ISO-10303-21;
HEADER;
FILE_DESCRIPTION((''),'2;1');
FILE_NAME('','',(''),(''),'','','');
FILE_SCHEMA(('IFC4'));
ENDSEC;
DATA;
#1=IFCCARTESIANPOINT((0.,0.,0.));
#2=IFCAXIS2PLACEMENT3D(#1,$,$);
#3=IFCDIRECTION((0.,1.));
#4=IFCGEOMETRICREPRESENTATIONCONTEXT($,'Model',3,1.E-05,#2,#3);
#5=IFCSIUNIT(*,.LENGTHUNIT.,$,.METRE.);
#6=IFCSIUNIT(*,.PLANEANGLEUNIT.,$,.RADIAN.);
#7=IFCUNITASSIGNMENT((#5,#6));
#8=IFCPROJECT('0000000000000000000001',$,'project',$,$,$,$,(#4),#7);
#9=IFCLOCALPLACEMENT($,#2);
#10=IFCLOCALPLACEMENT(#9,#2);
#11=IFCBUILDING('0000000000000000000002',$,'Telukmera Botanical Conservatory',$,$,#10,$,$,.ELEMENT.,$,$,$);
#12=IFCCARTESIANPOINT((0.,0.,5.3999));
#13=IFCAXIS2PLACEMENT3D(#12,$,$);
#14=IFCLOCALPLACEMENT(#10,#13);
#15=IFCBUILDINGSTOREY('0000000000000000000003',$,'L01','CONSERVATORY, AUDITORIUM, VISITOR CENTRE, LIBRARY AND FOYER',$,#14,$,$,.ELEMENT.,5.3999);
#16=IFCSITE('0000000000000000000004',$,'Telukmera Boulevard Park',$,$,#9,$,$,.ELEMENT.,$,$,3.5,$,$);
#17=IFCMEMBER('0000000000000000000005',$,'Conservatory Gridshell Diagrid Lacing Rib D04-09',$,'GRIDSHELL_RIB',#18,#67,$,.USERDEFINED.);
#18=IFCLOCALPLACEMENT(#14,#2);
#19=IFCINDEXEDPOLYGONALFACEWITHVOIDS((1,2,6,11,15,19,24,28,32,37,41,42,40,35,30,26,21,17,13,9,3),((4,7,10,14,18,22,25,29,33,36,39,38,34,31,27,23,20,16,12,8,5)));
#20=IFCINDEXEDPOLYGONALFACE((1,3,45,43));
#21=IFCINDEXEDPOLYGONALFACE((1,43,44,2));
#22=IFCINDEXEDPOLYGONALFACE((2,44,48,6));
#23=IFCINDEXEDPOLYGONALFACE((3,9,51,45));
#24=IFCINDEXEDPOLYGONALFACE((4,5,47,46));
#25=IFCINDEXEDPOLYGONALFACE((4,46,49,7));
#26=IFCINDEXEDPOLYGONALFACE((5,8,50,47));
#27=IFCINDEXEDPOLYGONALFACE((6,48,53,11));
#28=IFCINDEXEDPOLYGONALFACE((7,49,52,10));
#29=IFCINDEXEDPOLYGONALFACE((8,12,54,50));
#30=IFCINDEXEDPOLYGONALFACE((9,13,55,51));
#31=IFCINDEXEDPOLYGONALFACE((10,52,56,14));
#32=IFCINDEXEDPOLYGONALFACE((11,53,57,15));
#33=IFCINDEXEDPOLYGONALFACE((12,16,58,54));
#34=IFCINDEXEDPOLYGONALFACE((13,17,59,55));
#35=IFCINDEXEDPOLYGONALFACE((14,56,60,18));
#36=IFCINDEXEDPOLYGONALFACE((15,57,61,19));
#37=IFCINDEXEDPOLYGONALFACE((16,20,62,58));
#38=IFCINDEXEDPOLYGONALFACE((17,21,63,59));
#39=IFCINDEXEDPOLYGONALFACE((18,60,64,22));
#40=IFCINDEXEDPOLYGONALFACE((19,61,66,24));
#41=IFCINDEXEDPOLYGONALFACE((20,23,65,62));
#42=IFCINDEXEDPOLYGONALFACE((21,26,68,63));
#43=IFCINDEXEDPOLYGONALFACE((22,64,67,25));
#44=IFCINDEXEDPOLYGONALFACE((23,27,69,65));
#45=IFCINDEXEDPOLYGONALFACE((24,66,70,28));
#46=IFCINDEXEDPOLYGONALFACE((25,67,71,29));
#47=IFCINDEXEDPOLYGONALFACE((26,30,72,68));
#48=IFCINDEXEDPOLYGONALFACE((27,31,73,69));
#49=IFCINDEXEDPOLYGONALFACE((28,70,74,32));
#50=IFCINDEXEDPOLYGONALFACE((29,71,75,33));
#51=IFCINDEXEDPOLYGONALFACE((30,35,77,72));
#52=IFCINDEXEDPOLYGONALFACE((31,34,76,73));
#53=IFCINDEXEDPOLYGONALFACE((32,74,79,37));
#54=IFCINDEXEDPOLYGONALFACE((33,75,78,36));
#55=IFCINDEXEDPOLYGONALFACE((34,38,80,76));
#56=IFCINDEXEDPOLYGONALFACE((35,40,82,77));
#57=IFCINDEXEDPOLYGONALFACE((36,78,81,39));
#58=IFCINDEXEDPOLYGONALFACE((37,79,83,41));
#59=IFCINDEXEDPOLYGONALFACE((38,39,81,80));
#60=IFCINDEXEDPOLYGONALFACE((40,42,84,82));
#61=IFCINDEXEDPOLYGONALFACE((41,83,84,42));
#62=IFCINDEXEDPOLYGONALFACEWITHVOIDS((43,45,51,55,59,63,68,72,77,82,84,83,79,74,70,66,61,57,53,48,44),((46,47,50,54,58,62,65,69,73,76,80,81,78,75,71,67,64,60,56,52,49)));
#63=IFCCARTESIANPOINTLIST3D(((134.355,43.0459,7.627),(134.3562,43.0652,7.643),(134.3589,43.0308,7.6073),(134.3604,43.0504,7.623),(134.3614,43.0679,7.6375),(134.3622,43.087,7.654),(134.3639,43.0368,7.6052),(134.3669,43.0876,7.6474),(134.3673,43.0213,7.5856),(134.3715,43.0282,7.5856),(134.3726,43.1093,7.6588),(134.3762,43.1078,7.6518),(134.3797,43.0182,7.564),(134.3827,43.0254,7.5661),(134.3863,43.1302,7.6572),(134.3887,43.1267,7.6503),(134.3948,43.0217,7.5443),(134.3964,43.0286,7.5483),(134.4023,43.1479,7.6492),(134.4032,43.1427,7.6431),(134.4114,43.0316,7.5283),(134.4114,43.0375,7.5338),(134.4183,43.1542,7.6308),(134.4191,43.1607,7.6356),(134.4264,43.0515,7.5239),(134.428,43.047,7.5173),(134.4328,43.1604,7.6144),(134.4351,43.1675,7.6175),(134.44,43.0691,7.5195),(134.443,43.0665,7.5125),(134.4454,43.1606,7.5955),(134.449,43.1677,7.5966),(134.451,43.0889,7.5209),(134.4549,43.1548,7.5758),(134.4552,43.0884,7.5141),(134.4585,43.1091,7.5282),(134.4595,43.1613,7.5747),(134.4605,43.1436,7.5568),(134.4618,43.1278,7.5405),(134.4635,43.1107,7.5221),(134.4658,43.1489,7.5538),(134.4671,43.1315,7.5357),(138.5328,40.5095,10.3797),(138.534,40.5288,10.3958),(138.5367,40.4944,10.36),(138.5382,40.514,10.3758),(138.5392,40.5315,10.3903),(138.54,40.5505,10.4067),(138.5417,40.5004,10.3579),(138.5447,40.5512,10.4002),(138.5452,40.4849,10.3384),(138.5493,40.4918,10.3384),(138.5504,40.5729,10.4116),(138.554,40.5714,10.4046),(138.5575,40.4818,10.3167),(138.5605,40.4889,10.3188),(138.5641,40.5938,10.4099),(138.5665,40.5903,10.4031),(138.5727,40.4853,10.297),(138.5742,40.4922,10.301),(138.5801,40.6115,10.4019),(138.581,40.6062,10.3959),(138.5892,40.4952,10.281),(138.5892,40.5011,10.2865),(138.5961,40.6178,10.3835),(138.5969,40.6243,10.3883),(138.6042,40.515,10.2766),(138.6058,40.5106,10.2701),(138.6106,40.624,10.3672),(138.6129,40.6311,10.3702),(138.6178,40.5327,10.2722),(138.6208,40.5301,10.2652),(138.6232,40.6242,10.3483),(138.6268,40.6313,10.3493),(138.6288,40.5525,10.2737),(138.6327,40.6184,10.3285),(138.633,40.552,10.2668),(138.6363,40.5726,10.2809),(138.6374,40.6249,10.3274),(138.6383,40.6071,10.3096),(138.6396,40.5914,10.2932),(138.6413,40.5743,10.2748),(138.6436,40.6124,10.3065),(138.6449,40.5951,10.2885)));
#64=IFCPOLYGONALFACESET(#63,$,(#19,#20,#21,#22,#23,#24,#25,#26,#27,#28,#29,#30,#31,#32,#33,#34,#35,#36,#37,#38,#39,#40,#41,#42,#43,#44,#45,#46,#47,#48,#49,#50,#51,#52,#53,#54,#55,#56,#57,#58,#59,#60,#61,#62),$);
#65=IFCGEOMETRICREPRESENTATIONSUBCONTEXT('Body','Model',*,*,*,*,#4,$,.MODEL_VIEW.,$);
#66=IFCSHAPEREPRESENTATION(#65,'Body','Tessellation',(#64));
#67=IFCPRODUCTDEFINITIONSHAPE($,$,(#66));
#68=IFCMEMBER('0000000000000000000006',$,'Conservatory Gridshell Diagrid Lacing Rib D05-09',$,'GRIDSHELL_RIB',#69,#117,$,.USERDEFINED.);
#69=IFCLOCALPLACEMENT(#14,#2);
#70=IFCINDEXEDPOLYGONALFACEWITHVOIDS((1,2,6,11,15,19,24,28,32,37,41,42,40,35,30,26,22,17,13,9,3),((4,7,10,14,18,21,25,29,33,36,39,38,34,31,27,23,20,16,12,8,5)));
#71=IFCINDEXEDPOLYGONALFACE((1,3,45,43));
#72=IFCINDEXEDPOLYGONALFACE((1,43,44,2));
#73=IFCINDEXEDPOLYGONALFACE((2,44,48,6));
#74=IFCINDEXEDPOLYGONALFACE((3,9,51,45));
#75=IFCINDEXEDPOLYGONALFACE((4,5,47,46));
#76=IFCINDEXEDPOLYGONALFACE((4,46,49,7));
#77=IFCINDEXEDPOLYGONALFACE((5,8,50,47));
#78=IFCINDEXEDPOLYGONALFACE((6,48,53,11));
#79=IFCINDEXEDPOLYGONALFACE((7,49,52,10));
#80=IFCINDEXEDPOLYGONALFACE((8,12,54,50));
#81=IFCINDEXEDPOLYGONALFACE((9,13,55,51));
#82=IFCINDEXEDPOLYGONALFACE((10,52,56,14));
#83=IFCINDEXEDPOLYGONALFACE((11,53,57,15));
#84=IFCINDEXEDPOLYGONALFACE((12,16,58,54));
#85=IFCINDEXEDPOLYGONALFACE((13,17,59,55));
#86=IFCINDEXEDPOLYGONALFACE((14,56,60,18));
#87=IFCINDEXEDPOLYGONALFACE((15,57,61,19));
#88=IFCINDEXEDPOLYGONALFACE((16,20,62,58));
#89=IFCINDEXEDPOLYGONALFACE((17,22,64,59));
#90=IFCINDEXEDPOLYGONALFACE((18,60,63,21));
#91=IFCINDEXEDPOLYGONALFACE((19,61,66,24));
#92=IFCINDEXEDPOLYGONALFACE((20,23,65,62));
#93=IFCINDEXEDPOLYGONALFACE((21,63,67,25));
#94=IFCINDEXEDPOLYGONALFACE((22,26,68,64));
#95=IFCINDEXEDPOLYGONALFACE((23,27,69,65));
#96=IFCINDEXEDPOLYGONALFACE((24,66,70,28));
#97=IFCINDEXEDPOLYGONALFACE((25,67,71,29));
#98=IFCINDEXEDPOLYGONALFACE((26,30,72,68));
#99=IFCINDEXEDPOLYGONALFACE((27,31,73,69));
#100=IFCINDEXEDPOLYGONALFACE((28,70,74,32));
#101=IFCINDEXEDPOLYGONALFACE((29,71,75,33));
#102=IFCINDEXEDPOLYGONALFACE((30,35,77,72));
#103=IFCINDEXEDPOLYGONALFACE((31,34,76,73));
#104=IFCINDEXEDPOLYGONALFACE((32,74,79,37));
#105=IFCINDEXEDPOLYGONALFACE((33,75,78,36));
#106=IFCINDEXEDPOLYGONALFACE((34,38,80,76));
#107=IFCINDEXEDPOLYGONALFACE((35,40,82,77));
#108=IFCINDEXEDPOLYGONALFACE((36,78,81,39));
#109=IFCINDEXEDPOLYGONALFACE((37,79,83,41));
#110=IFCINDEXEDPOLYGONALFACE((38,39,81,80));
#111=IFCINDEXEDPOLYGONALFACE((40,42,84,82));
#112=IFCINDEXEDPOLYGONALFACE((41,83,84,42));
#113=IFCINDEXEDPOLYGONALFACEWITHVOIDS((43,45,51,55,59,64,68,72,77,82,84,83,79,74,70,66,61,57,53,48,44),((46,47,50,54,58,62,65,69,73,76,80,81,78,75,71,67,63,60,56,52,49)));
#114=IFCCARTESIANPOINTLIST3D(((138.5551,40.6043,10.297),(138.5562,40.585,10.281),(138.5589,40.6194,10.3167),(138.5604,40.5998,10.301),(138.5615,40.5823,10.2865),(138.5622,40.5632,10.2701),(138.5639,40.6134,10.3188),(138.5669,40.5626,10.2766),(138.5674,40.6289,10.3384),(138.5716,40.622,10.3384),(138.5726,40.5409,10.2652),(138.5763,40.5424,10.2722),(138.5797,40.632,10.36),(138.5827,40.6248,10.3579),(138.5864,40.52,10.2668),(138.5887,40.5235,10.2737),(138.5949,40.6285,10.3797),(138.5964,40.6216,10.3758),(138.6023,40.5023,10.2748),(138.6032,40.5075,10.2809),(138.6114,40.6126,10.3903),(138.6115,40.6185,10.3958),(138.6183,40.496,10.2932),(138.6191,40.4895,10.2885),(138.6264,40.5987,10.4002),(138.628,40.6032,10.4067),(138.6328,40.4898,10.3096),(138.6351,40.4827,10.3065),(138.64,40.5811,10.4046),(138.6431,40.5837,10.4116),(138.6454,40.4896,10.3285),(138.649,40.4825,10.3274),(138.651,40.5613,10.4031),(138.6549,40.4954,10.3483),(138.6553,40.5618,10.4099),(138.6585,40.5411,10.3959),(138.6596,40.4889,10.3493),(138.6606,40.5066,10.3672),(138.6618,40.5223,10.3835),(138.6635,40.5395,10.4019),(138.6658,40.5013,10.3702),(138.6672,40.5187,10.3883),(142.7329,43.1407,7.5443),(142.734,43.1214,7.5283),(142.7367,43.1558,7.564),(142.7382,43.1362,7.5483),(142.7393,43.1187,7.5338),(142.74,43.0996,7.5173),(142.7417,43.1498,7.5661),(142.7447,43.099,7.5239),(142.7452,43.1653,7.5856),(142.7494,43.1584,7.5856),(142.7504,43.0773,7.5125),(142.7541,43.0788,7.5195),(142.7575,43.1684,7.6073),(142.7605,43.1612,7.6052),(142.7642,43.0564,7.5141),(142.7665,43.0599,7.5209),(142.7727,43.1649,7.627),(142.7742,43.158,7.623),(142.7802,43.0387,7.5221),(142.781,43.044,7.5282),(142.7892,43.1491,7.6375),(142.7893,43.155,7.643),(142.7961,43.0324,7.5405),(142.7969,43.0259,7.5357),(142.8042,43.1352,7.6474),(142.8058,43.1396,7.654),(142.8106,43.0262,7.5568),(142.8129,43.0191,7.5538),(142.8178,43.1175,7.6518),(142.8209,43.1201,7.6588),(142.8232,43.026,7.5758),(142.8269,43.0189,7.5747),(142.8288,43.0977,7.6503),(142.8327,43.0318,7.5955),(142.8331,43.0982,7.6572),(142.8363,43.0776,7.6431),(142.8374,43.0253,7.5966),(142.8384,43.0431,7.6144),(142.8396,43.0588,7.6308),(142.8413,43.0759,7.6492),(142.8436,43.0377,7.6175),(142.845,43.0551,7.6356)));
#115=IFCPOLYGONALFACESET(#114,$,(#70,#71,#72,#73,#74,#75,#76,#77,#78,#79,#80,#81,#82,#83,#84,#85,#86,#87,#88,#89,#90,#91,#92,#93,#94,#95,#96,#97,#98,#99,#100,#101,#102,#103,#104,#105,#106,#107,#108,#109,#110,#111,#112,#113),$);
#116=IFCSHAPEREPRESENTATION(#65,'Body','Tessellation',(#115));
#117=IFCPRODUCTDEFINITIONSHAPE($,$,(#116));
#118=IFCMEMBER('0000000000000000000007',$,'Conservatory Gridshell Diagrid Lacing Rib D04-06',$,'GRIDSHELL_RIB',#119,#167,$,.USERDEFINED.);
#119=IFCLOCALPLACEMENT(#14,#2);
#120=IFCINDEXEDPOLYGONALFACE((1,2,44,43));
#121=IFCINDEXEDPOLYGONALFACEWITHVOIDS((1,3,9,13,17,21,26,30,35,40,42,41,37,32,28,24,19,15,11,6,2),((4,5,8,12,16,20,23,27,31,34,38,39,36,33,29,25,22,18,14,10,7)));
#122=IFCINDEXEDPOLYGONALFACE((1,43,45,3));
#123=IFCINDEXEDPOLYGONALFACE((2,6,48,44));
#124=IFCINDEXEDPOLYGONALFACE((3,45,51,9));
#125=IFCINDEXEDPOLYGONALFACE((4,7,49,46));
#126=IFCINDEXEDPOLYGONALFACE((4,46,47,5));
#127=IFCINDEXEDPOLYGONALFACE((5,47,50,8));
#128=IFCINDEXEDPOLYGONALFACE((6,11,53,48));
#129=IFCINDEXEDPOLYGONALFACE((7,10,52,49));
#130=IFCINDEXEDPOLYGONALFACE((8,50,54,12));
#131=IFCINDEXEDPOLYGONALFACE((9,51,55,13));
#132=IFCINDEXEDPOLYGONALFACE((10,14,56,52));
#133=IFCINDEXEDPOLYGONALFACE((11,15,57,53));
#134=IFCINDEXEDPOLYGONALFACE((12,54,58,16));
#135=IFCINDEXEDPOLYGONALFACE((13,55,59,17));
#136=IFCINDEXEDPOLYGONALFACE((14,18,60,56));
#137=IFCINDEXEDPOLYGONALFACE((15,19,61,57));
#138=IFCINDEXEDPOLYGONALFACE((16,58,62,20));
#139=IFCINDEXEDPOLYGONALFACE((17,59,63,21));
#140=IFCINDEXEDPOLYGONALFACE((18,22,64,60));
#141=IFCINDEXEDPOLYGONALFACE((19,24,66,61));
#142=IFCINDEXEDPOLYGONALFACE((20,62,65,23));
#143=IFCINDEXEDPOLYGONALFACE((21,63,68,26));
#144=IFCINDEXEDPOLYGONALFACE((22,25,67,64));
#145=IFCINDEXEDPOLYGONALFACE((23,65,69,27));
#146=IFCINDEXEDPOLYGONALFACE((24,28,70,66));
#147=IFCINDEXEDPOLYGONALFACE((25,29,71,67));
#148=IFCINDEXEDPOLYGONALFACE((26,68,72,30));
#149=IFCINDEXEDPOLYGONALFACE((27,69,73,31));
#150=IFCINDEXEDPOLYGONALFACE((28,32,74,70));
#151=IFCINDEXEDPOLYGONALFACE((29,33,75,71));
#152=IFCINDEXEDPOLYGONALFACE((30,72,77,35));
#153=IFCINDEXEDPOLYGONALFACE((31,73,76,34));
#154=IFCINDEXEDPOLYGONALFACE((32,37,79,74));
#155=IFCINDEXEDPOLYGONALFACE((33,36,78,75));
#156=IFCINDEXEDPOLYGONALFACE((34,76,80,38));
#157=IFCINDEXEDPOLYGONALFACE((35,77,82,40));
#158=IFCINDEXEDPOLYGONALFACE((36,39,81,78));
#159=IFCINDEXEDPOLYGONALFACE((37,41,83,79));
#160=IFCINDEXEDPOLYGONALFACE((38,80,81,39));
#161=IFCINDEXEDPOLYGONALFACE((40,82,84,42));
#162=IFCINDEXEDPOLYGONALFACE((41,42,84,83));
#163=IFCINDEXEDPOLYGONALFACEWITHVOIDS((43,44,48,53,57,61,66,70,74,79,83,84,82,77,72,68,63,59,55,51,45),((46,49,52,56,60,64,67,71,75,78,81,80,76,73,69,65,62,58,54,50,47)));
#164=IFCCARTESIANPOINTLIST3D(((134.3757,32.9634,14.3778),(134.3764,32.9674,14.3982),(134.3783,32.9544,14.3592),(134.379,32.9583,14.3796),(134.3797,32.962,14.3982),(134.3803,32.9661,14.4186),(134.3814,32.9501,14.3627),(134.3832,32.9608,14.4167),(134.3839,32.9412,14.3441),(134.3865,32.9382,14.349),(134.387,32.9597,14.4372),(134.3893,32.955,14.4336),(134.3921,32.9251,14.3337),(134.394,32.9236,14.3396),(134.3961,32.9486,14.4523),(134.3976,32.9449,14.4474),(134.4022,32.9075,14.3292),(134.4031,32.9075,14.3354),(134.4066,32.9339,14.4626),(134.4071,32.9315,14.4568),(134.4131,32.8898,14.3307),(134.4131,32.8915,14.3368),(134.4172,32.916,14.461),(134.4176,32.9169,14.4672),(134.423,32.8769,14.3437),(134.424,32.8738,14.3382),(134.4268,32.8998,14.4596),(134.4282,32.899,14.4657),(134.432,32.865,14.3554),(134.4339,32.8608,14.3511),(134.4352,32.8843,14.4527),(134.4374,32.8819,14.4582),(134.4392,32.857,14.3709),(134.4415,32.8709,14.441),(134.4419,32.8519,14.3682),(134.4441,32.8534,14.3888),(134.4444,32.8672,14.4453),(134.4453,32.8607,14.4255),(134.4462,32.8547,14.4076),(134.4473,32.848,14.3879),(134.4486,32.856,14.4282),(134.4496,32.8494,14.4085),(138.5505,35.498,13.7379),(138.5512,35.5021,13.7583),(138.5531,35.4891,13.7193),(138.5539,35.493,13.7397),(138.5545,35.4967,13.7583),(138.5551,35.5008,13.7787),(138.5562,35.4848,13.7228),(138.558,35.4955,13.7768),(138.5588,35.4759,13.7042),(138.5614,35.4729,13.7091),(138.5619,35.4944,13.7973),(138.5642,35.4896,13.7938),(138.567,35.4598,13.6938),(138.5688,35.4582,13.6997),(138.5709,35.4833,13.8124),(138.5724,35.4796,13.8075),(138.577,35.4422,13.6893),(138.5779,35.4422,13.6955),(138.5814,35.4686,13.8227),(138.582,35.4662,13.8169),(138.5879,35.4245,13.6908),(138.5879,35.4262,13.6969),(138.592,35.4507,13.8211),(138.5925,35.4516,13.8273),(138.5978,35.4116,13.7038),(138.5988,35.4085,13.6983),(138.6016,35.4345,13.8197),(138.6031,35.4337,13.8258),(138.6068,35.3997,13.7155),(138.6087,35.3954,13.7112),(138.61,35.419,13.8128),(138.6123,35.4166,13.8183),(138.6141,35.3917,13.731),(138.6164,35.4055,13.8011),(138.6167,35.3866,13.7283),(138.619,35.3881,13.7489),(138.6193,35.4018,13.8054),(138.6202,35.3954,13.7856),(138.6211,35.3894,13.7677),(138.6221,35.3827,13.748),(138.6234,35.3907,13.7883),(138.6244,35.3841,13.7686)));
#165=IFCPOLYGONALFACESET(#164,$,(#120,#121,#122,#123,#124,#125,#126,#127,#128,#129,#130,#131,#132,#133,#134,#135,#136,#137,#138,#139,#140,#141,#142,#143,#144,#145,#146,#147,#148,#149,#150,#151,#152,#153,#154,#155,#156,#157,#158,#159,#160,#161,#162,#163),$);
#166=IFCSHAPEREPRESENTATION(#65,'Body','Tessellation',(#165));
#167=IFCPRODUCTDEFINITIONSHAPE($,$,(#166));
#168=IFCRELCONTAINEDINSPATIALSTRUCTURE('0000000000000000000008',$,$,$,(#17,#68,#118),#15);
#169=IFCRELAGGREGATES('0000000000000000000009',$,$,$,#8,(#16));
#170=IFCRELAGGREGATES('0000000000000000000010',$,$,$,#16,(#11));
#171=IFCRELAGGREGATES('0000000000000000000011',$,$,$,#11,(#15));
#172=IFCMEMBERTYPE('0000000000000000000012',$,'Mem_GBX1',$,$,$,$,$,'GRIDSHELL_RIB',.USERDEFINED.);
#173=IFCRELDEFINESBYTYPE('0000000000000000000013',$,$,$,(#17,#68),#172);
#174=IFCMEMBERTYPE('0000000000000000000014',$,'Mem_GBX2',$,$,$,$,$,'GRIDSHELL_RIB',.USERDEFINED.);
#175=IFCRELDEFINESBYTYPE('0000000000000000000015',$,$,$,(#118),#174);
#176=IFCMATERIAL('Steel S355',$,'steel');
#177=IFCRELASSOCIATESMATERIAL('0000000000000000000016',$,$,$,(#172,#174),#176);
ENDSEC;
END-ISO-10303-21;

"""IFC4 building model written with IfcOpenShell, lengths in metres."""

from ifc_helpers import new_model, si_unit, direction, frame, origin, origin_2d, place, context, subcontext, project, spatial, hollow_circle, extrude, material, material_profile, profile_set, type_object, element, save


model = new_model("IFC4")

# Units and contexts
model_context = context("Model", 3, precision=1e-05, world=origin(), true_north=direction((0.0, 1.0)))
body_context = subcontext(model_context, "Body", "Model", "MODEL_VIEW")
ifc_project = project(units=[si_unit("LENGTHUNIT", "METRE"), si_unit("PLANEANGLEUNIT", "RADIAN")], contexts=[model_context])

# Site, building, storey
site_placement = place(None, origin())
site = spatial("IfcSite", under=ifc_project, at=site_placement, Name="Telukmera Boulevard Park", CompositionType="ELEMENT", RefElevation=3.5)
building_placement = place(site_placement, origin())
building = spatial("IfcBuilding", under=site, at=building_placement, Name="Telukmera Botanical Conservatory", CompositionType="ELEMENT")
storey_placement = place(building_placement, frame((0.0, 0.0, 5.3999)))
storey = spatial("IfcBuildingStorey", under=building, at=storey_placement, Name="L01", Description="CONSERVATORY, AUDITORIUM, VISITOR CENTRE, LIBRARY AND FOYER", CompositionType="ELEMENT", Elevation=5.3999)

# Members
ifc_material = material(Name="Steel S355", Category="steel")
ifc_material_profile_1 = material_profile(ifc_material, hollow_circle(Radius=0.0842, WallThickness=0.0081, at=origin_2d()), Name="CHS 168.3x8.0")
ifc_profile_set_1 = profile_set([ifc_material_profile_1], Name="Steel S355")
member_type_1 = type_object("IfcMemberType", Name="Mem_GBX1", ElementType="GRIDSHELL_RIB", PredefinedType="USERDEFINED", material=ifc_profile_set_1)
for number, where, z_axis, x_axis, name in (
    (1, (138.5889, 40.5569, 10.3384), (-0.744791, 0.452176, -0.490738), (-0.518962, -0.854797, 0.0), "Conservatory Gridshell Diagrid Lacing Rib D04-09"),
    (2, (138.6111, 40.5569, 10.3384), (0.744791, 0.452176, -0.490738), (-0.518962, 0.854797, 0.0), "Conservatory Gridshell Diagrid Lacing Rib D05-09"),
):
    element("IfcMember", number, at=place(storey_placement, frame(where, z_axis=z_axis, x_axis=x_axis)), inside=storey, type_object=member_type_1, Name=name, ObjectType="GRIDSHELL_RIB", PredefinedType="USERDEFINED", context=body_context, shape_type="SweptSolid", body=[
        extrude(hollow_circle(Radius=0.0842, WallThickness=0.0081, at=origin_2d()), origin(), (0.0, 0.0, 1.0), 5.6094),
    ])
ifc_material_profile_2 = material_profile(ifc_material, hollow_circle(Radius=0.0698, WallThickness=0.0063, at=origin_2d()), Name="CHS 139.7x6.3")
ifc_profile_set_2 = profile_set([ifc_material_profile_2], Name="Steel S355")
member_type_2 = type_object("IfcMemberType", Name="Mem_GBX2", ElementType="GRIDSHELL_RIB", PredefinedType="USERDEFINED", material=ifc_profile_set_2)
member_1_placement = place(storey_placement, frame((134.4126, 32.9077, 14.3982), z_axis=(0.847547, 0.514575, -0.129908), x_axis=(-0.518973, 0.854791, 0.0)))
element("IfcMember", 3, at=member_1_placement, inside=storey, type_object=member_type_2, Name="Conservatory Gridshell Diagrid Lacing Rib D04-06", ObjectType="GRIDSHELL_RIB", PredefinedType="USERDEFINED", context=body_context, shape_type="SweptSolid", body=[
    extrude(hollow_circle(Radius=0.0698, WallThickness=0.0063, at=origin_2d()), origin(), (0.0, 0.0, 1.0), 4.9258),
])

save(model, "model.ifc")
